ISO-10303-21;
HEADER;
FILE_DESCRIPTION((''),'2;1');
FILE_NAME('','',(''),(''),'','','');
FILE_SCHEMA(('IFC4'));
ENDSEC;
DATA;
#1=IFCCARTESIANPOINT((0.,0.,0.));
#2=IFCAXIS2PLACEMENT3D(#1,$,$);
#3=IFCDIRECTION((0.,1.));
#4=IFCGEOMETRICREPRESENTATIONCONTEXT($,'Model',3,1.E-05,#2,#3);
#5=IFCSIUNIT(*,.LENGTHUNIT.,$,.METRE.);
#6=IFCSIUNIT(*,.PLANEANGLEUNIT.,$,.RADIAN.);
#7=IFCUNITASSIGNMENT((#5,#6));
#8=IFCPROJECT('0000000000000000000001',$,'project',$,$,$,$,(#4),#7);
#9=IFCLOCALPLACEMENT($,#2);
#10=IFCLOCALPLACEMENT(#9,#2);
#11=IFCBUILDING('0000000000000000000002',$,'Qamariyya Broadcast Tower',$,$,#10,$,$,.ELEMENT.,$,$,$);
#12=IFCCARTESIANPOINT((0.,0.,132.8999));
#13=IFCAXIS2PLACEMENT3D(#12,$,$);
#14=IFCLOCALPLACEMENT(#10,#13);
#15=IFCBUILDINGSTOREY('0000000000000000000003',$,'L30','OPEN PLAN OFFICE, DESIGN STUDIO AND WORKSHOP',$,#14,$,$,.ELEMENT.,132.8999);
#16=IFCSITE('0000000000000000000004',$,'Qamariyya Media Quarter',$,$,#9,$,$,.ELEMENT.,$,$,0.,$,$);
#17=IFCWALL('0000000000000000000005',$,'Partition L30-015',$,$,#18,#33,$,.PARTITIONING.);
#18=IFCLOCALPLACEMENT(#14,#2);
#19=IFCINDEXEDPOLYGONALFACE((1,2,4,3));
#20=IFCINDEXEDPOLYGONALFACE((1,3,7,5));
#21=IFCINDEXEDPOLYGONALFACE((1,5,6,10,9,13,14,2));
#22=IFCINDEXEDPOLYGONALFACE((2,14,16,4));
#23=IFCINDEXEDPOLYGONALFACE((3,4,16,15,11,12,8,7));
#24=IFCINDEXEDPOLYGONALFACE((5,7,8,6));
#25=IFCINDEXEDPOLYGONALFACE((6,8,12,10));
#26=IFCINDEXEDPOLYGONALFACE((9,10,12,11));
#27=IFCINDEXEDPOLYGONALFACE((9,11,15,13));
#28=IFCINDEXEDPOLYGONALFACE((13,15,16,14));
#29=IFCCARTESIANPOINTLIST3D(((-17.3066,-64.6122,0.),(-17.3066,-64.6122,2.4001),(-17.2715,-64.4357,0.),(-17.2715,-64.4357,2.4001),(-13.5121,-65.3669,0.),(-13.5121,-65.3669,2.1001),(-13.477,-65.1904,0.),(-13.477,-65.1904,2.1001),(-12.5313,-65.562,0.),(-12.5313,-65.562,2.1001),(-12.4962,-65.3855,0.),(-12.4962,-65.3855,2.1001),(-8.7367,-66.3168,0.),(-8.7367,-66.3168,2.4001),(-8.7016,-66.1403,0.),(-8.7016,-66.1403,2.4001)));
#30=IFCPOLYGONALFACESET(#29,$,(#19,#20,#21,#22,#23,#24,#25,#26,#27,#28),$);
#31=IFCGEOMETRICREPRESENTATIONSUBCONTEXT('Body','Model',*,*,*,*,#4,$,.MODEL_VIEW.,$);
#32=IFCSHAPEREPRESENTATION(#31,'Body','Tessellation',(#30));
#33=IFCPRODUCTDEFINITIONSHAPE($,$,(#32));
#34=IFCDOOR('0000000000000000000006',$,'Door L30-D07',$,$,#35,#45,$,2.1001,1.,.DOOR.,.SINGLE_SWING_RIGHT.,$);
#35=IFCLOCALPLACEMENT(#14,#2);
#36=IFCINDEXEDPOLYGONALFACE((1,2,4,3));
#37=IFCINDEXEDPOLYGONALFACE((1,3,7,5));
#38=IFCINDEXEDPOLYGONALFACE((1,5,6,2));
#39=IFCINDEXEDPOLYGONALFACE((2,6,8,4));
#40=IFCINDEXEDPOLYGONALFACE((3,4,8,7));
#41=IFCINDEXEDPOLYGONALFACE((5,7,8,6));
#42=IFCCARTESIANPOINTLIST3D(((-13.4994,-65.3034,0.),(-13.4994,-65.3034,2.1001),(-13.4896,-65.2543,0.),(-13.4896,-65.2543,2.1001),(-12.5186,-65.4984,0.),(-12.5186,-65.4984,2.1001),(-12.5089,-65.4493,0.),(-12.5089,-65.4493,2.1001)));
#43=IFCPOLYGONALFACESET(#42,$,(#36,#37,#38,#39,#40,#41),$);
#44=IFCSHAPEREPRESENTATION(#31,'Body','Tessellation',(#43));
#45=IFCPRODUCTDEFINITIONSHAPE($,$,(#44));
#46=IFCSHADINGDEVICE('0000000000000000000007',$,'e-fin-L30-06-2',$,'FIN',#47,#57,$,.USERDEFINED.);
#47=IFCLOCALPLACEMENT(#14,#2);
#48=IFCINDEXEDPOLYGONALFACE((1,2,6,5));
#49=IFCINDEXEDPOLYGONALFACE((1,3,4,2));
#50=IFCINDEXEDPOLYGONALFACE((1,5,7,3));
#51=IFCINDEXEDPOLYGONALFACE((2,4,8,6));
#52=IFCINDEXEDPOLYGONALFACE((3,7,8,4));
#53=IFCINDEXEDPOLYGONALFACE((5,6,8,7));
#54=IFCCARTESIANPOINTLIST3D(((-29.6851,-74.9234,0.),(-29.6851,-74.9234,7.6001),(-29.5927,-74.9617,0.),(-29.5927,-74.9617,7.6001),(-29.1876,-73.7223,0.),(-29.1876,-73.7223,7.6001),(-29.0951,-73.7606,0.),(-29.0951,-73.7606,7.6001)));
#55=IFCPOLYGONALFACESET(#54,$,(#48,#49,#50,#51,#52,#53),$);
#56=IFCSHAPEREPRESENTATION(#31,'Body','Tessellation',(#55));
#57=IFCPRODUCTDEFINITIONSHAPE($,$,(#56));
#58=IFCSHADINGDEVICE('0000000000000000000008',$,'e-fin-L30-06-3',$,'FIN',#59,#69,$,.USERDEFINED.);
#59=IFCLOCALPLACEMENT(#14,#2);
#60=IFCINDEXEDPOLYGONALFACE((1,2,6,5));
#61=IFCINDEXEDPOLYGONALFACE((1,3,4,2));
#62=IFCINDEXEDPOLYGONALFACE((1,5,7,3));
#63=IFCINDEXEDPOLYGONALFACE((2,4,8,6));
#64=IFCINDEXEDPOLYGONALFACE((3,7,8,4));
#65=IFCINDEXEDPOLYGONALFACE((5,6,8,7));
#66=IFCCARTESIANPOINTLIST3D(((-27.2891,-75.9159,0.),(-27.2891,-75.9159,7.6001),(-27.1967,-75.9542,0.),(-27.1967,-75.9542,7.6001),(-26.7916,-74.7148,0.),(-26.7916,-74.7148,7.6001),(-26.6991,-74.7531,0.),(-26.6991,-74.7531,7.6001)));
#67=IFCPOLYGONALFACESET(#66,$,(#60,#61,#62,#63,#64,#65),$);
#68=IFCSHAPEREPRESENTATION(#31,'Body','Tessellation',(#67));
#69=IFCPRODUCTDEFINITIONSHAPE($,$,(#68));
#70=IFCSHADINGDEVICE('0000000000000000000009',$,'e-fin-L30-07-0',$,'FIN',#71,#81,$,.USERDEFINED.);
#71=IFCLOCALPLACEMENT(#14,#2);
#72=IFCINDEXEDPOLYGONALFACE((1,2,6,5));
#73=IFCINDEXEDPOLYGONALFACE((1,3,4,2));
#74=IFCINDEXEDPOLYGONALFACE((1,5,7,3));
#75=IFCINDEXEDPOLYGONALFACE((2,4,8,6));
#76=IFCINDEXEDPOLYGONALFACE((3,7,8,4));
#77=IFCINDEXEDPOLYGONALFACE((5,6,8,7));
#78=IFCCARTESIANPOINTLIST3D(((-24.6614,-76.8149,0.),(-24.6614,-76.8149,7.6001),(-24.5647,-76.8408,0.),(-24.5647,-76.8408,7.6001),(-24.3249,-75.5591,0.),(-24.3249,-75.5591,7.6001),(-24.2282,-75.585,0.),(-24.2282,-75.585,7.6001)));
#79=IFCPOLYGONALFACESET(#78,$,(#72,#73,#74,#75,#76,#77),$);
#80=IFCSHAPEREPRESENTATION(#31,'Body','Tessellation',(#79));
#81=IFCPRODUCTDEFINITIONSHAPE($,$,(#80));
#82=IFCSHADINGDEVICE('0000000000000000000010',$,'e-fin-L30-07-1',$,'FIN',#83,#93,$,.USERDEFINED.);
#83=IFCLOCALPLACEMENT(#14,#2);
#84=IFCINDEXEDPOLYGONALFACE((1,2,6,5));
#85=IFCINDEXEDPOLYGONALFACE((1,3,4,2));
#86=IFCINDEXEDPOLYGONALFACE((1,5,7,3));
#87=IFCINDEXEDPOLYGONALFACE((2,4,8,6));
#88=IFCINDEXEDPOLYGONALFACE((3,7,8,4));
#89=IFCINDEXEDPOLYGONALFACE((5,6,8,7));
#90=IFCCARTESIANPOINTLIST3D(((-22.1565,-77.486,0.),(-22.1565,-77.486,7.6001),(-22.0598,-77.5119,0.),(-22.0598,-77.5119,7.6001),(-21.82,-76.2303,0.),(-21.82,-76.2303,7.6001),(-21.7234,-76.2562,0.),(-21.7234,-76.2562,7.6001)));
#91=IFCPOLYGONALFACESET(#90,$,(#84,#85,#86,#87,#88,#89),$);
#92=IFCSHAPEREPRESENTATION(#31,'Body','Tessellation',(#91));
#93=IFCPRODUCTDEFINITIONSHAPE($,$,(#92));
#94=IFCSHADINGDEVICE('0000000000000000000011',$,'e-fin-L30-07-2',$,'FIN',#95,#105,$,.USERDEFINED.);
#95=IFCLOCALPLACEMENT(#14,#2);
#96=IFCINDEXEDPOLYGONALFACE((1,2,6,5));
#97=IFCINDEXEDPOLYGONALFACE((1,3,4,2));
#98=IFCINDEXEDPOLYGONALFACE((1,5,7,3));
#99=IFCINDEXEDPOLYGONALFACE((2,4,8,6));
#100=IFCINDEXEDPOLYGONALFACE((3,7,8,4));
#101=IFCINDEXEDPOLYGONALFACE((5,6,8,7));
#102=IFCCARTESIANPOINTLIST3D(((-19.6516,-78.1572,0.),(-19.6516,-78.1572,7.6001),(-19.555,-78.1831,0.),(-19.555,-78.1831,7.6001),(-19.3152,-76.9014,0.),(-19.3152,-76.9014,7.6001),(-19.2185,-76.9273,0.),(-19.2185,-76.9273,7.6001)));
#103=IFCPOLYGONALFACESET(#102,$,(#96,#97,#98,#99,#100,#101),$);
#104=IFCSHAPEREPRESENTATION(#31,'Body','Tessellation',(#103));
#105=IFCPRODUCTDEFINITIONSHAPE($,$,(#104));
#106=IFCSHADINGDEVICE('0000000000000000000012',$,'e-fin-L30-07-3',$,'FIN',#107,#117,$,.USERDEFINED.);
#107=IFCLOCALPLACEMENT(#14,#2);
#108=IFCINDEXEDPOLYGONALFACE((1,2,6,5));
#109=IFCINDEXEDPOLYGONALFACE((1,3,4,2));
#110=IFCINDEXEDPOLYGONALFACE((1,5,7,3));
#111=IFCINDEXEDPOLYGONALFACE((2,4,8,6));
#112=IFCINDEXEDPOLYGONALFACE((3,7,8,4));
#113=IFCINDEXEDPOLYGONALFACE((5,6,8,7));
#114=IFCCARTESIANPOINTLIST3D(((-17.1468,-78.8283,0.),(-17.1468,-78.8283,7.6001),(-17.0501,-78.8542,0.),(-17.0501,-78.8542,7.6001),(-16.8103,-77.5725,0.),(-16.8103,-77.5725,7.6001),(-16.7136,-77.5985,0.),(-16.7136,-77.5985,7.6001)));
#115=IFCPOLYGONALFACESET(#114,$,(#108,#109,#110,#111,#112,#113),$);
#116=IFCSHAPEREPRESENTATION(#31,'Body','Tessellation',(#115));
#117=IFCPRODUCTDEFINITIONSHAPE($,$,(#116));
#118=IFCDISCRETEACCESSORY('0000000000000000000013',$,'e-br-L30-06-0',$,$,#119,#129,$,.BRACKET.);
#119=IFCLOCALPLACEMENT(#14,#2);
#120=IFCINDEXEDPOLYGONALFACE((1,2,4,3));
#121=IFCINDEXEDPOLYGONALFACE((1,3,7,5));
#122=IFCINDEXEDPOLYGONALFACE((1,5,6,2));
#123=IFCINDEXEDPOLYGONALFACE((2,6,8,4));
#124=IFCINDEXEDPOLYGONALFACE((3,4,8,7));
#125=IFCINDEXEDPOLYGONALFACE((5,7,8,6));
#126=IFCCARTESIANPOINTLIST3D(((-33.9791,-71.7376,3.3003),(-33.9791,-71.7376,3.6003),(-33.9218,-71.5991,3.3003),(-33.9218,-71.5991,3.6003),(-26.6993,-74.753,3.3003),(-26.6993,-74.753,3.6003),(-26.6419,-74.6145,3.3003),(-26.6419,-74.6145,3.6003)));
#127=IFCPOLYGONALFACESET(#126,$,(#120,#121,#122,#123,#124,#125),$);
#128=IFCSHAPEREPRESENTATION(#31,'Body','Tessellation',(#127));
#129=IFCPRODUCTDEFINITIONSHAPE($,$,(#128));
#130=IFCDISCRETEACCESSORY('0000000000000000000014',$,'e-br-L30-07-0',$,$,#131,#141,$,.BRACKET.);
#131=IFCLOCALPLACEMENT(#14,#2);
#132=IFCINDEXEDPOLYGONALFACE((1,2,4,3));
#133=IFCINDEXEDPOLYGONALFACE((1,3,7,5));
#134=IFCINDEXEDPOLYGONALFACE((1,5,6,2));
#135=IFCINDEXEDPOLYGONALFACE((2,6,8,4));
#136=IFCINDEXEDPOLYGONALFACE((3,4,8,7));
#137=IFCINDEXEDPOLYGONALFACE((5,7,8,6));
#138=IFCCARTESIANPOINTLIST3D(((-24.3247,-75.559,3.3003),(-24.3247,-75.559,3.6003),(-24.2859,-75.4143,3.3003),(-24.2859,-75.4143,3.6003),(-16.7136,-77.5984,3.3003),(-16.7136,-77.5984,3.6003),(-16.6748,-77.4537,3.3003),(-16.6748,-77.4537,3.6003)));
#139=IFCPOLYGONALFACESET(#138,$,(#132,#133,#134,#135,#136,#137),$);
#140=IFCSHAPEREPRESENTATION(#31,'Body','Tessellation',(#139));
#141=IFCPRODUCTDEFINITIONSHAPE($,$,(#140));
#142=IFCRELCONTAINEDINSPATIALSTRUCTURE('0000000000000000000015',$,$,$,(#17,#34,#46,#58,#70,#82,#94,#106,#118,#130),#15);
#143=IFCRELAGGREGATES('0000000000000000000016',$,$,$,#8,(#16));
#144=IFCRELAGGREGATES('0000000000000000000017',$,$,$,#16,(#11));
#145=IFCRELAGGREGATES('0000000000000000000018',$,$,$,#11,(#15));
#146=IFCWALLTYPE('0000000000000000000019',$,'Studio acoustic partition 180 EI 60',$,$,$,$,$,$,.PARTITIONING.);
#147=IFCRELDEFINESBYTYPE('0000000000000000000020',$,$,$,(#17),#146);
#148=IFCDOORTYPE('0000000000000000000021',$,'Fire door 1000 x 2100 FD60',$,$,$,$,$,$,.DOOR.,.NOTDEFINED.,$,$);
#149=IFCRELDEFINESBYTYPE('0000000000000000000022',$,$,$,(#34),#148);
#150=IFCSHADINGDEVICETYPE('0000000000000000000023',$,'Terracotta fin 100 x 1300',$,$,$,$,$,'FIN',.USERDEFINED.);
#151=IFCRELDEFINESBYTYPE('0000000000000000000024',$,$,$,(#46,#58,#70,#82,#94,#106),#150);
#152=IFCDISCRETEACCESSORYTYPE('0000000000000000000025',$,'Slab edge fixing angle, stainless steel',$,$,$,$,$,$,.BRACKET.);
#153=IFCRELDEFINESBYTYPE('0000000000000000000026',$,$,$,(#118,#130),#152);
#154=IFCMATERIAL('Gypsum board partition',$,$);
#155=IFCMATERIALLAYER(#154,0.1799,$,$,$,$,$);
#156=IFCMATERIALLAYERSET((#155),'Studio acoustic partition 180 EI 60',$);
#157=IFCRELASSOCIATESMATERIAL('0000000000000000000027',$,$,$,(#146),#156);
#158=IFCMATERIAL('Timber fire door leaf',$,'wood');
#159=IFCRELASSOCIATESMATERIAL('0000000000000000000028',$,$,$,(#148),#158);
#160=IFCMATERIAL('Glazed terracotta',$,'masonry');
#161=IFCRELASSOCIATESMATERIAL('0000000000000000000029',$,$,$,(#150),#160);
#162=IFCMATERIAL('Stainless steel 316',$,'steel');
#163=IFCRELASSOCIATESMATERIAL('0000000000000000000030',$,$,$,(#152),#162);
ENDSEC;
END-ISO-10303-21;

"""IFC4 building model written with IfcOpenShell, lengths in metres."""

from ifc_helpers import new_model, si_unit, direction, frame, frame_2d, origin, origin_2d, place, context, subcontext, project, spatial, rectangle, extrude, material, layer, layer_set, material_profile, profile_set, type_object, element, fill, save


model = new_model("IFC4")

# Units and contexts
model_context = context("Model", 3, precision=1e-05, world=origin(), true_north=direction((0.0, 1.0)))
body_context = subcontext(model_context, "Body", "Model", "MODEL_VIEW")
ifc_project = project(units=[si_unit("LENGTHUNIT", "METRE"), si_unit("PLANEANGLEUNIT", "RADIAN")], contexts=[model_context])

# Site, building, storey
site_placement = place(None, origin())
site = spatial("IfcSite", under=ifc_project, at=site_placement, Name="Qamariyya Media Quarter", CompositionType="ELEMENT", RefElevation=0.0)
building_placement = place(site_placement, origin())
building = spatial("IfcBuilding", under=site, at=building_placement, Name="Qamariyya Broadcast Tower", CompositionType="ELEMENT")
storey_placement = place(building_placement, frame((0.0, 0.0, 132.8999)))
storey = spatial("IfcBuildingStorey", under=building, at=storey_placement, Name="L30", Description="OPEN PLAN OFFICE, DESIGN STUDIO AND WORKSHOP", CompositionType="ELEMENT", Elevation=132.8999)

# Shared definitions
ifc_material_1 = material(Name="Gypsum board partition")

# Shared definitions
ifc_layer_1 = layer(ifc_material_1, 0.1799)
ifc_layer_set_1 = layer_set([ifc_layer_1], Name="Studio acoustic partition 180 EI 60")
wall_type_1 = type_object("IfcWallType", Name="Studio acoustic partition 180 EI 60", PredefinedType="PARTITIONING", material=ifc_layer_set_1)
ifc_material_2 = material(Name="Timber fire door leaf", Category="wood")

# Wall, opening, door
wall_1_placement = place(storey_placement, frame((-17.2891, -64.5239, 0.0), z_axis=(0.0, 0.0, 1.0), x_axis=(0.980786, -0.195084, 0.0)))
wall_1 = element("IfcWall", 1, at=wall_1_placement, inside=storey, type_object=wall_type_1, Name="Partition L30-015", PredefinedType="PARTITIONING", context=body_context, shape_type="SweptSolid", body=[
    extrude(rectangle(XDim=8.7378, YDim=0.1799, at=frame_2d((4.3689, 0.0))), origin(), (0.0, 0.0, 1.0), 2.4001),
])
opening_1_placement = place(wall_1_placement, frame((3.8689, 0.0, 0.0)))
opening_1 = element("IfcOpeningElement", 2, at=opening_1_placement, cuts=wall_1, PredefinedType="OPENING", context=body_context, shape_type="SweptSolid", body=[
    extrude(rectangle(XDim=1.0, YDim=2.1001, at=frame_2d((0.5, 1.05))), frame((0.0, 0.0999, 0.0), z_axis=(0.0, -1.0, 0.0), x_axis=(1.0, 0.0, 0.0)), (0.0, 0.0, 1.0), 0.2),
])
door_type_1 = type_object("IfcDoorType", Name="Fire door 1000 x 2100 FD60", OperationType="NOTDEFINED", PredefinedType="DOOR", material=ifc_material_2)
door_1_placement = place(opening_1_placement, origin())
door_1 = element("IfcDoor", 3, at=door_1_placement, inside=storey, type_object=door_type_1, Name="Door L30-D07", OperationType="SINGLE_SWING_RIGHT", OverallHeight=2.1001, OverallWidth=1.0, PredefinedType="DOOR", context=body_context, shape_type="SweptSolid", body=[
    extrude(rectangle(XDim=1.0, YDim=2.1001, at=frame_2d((0.5, 1.05))), frame((0.0, 0.0249, 0.0), z_axis=(0.0, -1.0, 0.0), x_axis=(1.0, 0.0, 0.0)), (0.0, 0.0, 1.0), 0.05),
])
fill(opening_1, door_1)

# Shading devices
ifc_material_3 = material(Name="Glazed terracotta", Category="masonry")
ifc_material_profile_1 = material_profile(ifc_material_3, rectangle(XDim=1.3, YDim=0.1001, at=origin_2d()))
ifc_profile_set_1 = profile_set([ifc_material_profile_1], Name="Glazed terracotta")
shading_device_type_1 = type_object("IfcShadingDeviceType", Name="Terracotta fin 100 x 1300", ElementType="FIN", PredefinedType="USERDEFINED", material=ifc_profile_set_1)
for number, where, z_axis, x_axis, name in (
    (4, (-29.3901, -74.342, 0.0), (0.0, 0.0, 1.0), (-0.382683, -0.92388, 0.0), "e-fin-L30-06-2"),
    (5, (-26.9941, -75.3345, 0.0), (0.0, 0.0, 1.0), (-0.382683, -0.92388, 0.0), "e-fin-L30-06-3"),
    (6, (-24.4448, -76.2, 0.0), (0.0, 0.0, 1.0), (-0.258819, -0.965926, 0.0), "e-fin-L30-07-0"),
    (7, (-21.9399, -76.8711, 0.0), (0.0, 0.0, 1.0), (-0.258819, -0.965926, 0.0), "e-fin-L30-07-1"),
    (8, (-19.4351, -77.5422, 0.0), (0.0, 0.0, 1.0), (-0.258819, -0.965926, 0.0), "e-fin-L30-07-2"),
    (9, (-16.9302, -78.2134, 0.0), (0.0, 0.0, 1.0), (-0.258819, -0.965926, 0.0), "e-fin-L30-07-3"),
):
    element("IfcShadingDevice", number, at=place(storey_placement, frame(where, z_axis=z_axis, x_axis=x_axis)), inside=storey, type_object=shading_device_type_1, Name=name, ObjectType="FIN", PredefinedType="USERDEFINED", context=body_context, shape_type="SweptSolid", body=[
        extrude(rectangle(XDim=1.3, YDim=0.1001, at=origin_2d()), origin(), (0.0, 0.0, 1.0), 7.6001),
    ])

# Discrete accessories
ifc_material_4 = material(Name="Stainless steel 316", Category="steel")
discrete_accessory_type = type_object("IfcDiscreteAccessoryType", Name="Slab edge fixing angle, stainless steel", PredefinedType="BRACKET", material=ifc_material_4)
for number, where, z_axis, x_axis, name in (
    (10, (-30.3105, -73.176, 3.3003), (0.0, 0.0, 1.0), (0.92388, -0.382683, 0.0), "e-br-L30-06-0"),
    (11, (-20.4998, -76.5063, 3.3003), (0.0, 0.0, 1.0), (0.965926, -0.258819, 0.0), "e-br-L30-07-0"),
):
    element("IfcDiscreteAccessory", number, at=place(storey_placement, frame(where, z_axis=z_axis, x_axis=x_axis)), inside=storey, type_object=discrete_accessory_type, Name=name, PredefinedType="BRACKET", context=body_context, shape_type="SweptSolid", body=[
        extrude(rectangle(XDim=7.8796, YDim=0.1499, at=origin_2d()), origin(), (0.0, 0.0, 1.0), 0.3),
    ])

save(model, "model.ifc")
